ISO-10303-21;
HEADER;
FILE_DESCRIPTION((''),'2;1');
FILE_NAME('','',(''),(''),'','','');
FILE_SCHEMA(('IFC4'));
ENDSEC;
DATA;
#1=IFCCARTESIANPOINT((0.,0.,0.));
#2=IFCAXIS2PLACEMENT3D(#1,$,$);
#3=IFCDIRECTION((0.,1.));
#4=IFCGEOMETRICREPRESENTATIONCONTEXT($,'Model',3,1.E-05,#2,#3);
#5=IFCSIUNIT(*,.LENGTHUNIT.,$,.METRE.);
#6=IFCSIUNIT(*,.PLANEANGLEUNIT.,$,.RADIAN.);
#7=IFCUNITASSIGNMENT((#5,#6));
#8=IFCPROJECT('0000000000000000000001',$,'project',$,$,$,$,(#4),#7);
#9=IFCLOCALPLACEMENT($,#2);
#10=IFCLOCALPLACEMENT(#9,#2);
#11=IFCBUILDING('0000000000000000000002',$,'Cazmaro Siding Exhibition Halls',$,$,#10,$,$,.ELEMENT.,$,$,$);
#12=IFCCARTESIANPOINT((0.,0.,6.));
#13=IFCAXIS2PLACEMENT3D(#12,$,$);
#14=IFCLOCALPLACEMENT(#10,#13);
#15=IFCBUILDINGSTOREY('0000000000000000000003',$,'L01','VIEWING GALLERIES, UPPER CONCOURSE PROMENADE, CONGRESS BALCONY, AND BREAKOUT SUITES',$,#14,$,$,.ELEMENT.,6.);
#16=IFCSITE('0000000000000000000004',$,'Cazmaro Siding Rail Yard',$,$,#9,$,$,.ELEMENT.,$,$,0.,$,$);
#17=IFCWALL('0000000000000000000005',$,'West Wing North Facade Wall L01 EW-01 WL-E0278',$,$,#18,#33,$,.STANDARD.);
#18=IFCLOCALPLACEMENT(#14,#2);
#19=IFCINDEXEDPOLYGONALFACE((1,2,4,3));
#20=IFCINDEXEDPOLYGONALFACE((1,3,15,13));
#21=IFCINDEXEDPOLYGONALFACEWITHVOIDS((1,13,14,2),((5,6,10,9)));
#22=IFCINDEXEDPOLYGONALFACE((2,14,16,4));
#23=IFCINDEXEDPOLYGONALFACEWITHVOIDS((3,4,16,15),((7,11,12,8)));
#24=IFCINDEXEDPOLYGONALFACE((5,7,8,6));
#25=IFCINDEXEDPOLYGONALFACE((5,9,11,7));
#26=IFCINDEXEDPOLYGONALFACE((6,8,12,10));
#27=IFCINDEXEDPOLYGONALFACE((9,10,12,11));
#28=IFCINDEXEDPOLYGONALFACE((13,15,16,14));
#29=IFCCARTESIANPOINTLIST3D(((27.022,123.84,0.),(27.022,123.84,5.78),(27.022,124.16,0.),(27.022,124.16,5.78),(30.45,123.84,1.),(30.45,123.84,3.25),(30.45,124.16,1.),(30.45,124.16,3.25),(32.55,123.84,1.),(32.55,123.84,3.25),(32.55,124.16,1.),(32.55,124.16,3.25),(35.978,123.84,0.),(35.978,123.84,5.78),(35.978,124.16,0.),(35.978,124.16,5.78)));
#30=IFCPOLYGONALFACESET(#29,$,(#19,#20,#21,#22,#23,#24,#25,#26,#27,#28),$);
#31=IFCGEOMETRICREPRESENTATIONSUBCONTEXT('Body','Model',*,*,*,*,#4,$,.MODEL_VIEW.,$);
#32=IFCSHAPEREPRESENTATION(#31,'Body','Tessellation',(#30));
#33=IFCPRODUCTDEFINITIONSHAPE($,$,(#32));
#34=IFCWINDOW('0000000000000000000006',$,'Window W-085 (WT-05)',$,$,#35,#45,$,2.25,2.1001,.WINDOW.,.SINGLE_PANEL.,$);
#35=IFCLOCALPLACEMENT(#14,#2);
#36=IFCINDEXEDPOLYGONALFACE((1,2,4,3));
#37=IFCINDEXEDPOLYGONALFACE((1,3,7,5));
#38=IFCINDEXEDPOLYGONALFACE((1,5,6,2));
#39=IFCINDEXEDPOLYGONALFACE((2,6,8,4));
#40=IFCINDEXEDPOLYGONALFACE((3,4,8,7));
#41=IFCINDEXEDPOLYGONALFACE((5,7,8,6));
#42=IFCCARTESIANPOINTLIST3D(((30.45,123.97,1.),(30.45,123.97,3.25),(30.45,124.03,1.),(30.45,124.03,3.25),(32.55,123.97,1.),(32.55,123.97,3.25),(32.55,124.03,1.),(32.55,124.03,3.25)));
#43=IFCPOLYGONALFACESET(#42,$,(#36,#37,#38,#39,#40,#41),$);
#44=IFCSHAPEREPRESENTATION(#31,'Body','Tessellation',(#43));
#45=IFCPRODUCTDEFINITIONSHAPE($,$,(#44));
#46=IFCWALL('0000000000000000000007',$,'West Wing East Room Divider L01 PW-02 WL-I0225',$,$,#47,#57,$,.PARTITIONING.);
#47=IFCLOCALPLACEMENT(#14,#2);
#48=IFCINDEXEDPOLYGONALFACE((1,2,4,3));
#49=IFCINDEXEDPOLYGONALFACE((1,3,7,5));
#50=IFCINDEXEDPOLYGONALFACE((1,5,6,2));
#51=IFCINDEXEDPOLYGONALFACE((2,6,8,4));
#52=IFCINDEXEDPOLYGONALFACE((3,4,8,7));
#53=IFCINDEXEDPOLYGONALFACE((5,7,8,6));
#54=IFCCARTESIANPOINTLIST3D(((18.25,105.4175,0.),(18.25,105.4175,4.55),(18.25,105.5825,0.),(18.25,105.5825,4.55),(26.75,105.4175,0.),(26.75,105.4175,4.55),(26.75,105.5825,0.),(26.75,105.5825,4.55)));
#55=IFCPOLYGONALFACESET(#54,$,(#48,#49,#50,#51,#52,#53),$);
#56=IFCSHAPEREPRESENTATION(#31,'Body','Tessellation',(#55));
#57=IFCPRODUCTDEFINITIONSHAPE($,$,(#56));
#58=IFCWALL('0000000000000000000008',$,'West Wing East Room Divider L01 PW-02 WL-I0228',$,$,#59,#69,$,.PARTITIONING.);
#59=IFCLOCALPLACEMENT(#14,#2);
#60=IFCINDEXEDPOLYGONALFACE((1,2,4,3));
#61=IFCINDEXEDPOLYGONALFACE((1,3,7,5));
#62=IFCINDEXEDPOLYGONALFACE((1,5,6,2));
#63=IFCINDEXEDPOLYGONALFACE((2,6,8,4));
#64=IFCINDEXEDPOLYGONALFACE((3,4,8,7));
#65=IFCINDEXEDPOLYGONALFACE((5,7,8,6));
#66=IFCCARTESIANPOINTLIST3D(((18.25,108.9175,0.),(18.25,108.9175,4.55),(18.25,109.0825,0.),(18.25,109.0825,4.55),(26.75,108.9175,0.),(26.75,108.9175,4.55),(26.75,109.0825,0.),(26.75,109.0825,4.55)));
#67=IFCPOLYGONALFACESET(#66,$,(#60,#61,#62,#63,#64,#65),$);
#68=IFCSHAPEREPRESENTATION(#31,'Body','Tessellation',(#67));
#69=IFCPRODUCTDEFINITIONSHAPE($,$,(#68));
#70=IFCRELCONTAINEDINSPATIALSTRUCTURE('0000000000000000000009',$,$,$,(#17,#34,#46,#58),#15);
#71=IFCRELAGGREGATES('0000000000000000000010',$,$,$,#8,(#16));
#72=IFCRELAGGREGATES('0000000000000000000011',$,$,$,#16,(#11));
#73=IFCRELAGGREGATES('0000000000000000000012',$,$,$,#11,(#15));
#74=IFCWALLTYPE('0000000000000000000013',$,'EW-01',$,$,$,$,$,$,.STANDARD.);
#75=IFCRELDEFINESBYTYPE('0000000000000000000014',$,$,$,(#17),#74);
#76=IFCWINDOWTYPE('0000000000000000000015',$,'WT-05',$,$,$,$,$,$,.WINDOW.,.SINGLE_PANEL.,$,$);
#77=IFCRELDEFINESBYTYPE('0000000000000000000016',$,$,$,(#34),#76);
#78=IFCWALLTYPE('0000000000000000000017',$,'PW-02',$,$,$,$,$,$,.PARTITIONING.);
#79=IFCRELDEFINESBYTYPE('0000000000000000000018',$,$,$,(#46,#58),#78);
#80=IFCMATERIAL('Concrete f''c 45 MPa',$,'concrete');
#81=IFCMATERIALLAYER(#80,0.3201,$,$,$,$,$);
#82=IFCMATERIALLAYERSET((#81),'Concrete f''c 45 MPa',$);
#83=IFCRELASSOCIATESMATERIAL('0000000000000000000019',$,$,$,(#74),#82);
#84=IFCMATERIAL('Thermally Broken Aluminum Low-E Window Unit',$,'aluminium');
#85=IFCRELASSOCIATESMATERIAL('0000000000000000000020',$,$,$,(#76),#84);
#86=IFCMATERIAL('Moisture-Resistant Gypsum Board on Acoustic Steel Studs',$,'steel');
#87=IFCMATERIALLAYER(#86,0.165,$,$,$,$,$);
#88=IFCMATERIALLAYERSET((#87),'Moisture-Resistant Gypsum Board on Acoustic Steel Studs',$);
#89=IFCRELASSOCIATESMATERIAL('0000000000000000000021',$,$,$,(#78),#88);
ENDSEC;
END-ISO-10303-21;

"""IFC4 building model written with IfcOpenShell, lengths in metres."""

from ifc_helpers import new_model, si_unit, direction, frame, frame_2d, origin, place, context, subcontext, project, spatial, rectangle, extrude, material, layer, layer_set, type_object, element, fill, save


model = new_model("IFC4")

# Units and contexts
model_context = context("Model", 3, precision=1e-05, world=origin(), true_north=direction((0.0, 1.0)))
body_context = subcontext(model_context, "Body", "Model", "MODEL_VIEW")
ifc_project = project(units=[si_unit("LENGTHUNIT", "METRE"), si_unit("PLANEANGLEUNIT", "RADIAN")], contexts=[model_context])

# Site, building, storey
site_placement = place(None, origin())
site = spatial("IfcSite", under=ifc_project, at=site_placement, Name="Cazmaro Siding Rail Yard", CompositionType="ELEMENT", RefElevation=0.0)
building_placement = place(site_placement, origin())
building = spatial("IfcBuilding", under=site, at=building_placement, Name="Cazmaro Siding Exhibition Halls", CompositionType="ELEMENT")
storey_placement = place(building_placement, frame((0.0, 0.0, 6.0)))
storey = spatial("IfcBuildingStorey", under=building, at=storey_placement, Name="L01", Description="VIEWING GALLERIES, UPPER CONCOURSE PROMENADE, CONGRESS BALCONY, AND BREAKOUT SUITES", CompositionType="ELEMENT", Elevation=6.0)

# Wall, opening, window
ifc_material_1 = material(Name="Concrete f'c 45 MPa", Category="concrete")
ifc_layer_1 = layer(ifc_material_1, 0.3201)
ifc_layer_set_1 = layer_set([ifc_layer_1], Name="Concrete f'c 45 MPa")
wall_type_1 = type_object("IfcWallType", Name="EW-01", PredefinedType="STANDARD", material=ifc_layer_set_1)
ifc_material_2 = material(Name="Thermally Broken Aluminum Low-E Window Unit", Category="aluminium")
window_type = type_object("IfcWindowType", Name="WT-05", PartitioningType="SINGLE_PANEL", PredefinedType="WINDOW", material=ifc_material_2)
wall_1_placement = place(storey_placement, frame((27.022, 124.0, 0.0), z_axis=(0.0, 0.0, 1.0), x_axis=(1.0, 0.0, 0.0)))
wall_1 = element("IfcWall", 1, at=wall_1_placement, inside=storey, type_object=wall_type_1, Name="West Wing North Facade Wall L01 EW-01 WL-E0278", PredefinedType="STANDARD", context=body_context, shape_type="SweptSolid", body=[
    extrude(rectangle(XDim=8.9561, YDim=0.3201, at=frame_2d((4.478, 0.0))), origin(), (0.0, 0.0, 1.0), 5.78),
])
opening_1_placement = place(wall_1_placement, frame((3.428, 0.0, 1.0)))
opening_1 = element("IfcOpeningElement", 2, at=opening_1_placement, cuts=wall_1, PredefinedType="OPENING", context=body_context, shape_type="SweptSolid", body=[
    extrude(rectangle(XDim=2.1001, YDim=2.25, at=frame_2d((1.05, 1.125))), frame((0.0, 0.1699, 0.0), z_axis=(0.0, -1.0, 0.0), x_axis=(1.0, 0.0, 0.0)), (0.0, 0.0, 1.0), 0.3401),
])
window_1_placement = place(opening_1_placement, origin())
window_1 = element("IfcWindow", 3, at=window_1_placement, inside=storey, type_object=window_type, Name="Window W-085 (WT-05)", OverallHeight=2.25, OverallWidth=2.1001, PartitioningType="SINGLE_PANEL", PredefinedType="WINDOW", context=body_context, shape_type="SweptSolid", body=[
    extrude(rectangle(XDim=2.1001, YDim=2.25, at=frame_2d((1.05, 1.125))), frame((0.0, 0.03, 0.0), z_axis=(0.0, -1.0, 0.0), x_axis=(1.0, 0.0, 0.0)), (0.0, 0.0, 1.0), 0.0601),
])
fill(opening_1, window_1)

# Walls
ifc_material_3 = material(Name="Moisture-Resistant Gypsum Board on Acoustic Steel Studs", Category="steel")
ifc_layer_2 = layer(ifc_material_3, 0.165)
ifc_layer_set_2 = layer_set([ifc_layer_2], Name="Moisture-Resistant Gypsum Board on Acoustic Steel Studs")
wall_type_2 = type_object("IfcWallType", Name="PW-02", PredefinedType="PARTITIONING", material=ifc_layer_set_2)
for number, where, z_axis, x_axis, name in (
    (4, (18.25, 105.5, 0.0), (0.0, 0.0, 1.0), (1.0, 0.0, 0.0), "West Wing East Room Divider L01 PW-02 WL-I0225"),
    (5, (18.25, 109.0, 0.0), (0.0, 0.0, 1.0), (1.0, 0.0, 0.0), "West Wing East Room Divider L01 PW-02 WL-I0228"),
):
    element("IfcWall", number, at=place(storey_placement, frame(where, z_axis=z_axis, x_axis=x_axis)), inside=storey, type_object=wall_type_2, Name=name, PredefinedType="PARTITIONING", context=body_context, shape_type="SweptSolid", body=[
        extrude(rectangle(XDim=8.5, YDim=0.165, at=frame_2d((4.25, 0.0))), origin(), (0.0, 0.0, 1.0), 4.55),
    ])

save(model, "model.ifc")
